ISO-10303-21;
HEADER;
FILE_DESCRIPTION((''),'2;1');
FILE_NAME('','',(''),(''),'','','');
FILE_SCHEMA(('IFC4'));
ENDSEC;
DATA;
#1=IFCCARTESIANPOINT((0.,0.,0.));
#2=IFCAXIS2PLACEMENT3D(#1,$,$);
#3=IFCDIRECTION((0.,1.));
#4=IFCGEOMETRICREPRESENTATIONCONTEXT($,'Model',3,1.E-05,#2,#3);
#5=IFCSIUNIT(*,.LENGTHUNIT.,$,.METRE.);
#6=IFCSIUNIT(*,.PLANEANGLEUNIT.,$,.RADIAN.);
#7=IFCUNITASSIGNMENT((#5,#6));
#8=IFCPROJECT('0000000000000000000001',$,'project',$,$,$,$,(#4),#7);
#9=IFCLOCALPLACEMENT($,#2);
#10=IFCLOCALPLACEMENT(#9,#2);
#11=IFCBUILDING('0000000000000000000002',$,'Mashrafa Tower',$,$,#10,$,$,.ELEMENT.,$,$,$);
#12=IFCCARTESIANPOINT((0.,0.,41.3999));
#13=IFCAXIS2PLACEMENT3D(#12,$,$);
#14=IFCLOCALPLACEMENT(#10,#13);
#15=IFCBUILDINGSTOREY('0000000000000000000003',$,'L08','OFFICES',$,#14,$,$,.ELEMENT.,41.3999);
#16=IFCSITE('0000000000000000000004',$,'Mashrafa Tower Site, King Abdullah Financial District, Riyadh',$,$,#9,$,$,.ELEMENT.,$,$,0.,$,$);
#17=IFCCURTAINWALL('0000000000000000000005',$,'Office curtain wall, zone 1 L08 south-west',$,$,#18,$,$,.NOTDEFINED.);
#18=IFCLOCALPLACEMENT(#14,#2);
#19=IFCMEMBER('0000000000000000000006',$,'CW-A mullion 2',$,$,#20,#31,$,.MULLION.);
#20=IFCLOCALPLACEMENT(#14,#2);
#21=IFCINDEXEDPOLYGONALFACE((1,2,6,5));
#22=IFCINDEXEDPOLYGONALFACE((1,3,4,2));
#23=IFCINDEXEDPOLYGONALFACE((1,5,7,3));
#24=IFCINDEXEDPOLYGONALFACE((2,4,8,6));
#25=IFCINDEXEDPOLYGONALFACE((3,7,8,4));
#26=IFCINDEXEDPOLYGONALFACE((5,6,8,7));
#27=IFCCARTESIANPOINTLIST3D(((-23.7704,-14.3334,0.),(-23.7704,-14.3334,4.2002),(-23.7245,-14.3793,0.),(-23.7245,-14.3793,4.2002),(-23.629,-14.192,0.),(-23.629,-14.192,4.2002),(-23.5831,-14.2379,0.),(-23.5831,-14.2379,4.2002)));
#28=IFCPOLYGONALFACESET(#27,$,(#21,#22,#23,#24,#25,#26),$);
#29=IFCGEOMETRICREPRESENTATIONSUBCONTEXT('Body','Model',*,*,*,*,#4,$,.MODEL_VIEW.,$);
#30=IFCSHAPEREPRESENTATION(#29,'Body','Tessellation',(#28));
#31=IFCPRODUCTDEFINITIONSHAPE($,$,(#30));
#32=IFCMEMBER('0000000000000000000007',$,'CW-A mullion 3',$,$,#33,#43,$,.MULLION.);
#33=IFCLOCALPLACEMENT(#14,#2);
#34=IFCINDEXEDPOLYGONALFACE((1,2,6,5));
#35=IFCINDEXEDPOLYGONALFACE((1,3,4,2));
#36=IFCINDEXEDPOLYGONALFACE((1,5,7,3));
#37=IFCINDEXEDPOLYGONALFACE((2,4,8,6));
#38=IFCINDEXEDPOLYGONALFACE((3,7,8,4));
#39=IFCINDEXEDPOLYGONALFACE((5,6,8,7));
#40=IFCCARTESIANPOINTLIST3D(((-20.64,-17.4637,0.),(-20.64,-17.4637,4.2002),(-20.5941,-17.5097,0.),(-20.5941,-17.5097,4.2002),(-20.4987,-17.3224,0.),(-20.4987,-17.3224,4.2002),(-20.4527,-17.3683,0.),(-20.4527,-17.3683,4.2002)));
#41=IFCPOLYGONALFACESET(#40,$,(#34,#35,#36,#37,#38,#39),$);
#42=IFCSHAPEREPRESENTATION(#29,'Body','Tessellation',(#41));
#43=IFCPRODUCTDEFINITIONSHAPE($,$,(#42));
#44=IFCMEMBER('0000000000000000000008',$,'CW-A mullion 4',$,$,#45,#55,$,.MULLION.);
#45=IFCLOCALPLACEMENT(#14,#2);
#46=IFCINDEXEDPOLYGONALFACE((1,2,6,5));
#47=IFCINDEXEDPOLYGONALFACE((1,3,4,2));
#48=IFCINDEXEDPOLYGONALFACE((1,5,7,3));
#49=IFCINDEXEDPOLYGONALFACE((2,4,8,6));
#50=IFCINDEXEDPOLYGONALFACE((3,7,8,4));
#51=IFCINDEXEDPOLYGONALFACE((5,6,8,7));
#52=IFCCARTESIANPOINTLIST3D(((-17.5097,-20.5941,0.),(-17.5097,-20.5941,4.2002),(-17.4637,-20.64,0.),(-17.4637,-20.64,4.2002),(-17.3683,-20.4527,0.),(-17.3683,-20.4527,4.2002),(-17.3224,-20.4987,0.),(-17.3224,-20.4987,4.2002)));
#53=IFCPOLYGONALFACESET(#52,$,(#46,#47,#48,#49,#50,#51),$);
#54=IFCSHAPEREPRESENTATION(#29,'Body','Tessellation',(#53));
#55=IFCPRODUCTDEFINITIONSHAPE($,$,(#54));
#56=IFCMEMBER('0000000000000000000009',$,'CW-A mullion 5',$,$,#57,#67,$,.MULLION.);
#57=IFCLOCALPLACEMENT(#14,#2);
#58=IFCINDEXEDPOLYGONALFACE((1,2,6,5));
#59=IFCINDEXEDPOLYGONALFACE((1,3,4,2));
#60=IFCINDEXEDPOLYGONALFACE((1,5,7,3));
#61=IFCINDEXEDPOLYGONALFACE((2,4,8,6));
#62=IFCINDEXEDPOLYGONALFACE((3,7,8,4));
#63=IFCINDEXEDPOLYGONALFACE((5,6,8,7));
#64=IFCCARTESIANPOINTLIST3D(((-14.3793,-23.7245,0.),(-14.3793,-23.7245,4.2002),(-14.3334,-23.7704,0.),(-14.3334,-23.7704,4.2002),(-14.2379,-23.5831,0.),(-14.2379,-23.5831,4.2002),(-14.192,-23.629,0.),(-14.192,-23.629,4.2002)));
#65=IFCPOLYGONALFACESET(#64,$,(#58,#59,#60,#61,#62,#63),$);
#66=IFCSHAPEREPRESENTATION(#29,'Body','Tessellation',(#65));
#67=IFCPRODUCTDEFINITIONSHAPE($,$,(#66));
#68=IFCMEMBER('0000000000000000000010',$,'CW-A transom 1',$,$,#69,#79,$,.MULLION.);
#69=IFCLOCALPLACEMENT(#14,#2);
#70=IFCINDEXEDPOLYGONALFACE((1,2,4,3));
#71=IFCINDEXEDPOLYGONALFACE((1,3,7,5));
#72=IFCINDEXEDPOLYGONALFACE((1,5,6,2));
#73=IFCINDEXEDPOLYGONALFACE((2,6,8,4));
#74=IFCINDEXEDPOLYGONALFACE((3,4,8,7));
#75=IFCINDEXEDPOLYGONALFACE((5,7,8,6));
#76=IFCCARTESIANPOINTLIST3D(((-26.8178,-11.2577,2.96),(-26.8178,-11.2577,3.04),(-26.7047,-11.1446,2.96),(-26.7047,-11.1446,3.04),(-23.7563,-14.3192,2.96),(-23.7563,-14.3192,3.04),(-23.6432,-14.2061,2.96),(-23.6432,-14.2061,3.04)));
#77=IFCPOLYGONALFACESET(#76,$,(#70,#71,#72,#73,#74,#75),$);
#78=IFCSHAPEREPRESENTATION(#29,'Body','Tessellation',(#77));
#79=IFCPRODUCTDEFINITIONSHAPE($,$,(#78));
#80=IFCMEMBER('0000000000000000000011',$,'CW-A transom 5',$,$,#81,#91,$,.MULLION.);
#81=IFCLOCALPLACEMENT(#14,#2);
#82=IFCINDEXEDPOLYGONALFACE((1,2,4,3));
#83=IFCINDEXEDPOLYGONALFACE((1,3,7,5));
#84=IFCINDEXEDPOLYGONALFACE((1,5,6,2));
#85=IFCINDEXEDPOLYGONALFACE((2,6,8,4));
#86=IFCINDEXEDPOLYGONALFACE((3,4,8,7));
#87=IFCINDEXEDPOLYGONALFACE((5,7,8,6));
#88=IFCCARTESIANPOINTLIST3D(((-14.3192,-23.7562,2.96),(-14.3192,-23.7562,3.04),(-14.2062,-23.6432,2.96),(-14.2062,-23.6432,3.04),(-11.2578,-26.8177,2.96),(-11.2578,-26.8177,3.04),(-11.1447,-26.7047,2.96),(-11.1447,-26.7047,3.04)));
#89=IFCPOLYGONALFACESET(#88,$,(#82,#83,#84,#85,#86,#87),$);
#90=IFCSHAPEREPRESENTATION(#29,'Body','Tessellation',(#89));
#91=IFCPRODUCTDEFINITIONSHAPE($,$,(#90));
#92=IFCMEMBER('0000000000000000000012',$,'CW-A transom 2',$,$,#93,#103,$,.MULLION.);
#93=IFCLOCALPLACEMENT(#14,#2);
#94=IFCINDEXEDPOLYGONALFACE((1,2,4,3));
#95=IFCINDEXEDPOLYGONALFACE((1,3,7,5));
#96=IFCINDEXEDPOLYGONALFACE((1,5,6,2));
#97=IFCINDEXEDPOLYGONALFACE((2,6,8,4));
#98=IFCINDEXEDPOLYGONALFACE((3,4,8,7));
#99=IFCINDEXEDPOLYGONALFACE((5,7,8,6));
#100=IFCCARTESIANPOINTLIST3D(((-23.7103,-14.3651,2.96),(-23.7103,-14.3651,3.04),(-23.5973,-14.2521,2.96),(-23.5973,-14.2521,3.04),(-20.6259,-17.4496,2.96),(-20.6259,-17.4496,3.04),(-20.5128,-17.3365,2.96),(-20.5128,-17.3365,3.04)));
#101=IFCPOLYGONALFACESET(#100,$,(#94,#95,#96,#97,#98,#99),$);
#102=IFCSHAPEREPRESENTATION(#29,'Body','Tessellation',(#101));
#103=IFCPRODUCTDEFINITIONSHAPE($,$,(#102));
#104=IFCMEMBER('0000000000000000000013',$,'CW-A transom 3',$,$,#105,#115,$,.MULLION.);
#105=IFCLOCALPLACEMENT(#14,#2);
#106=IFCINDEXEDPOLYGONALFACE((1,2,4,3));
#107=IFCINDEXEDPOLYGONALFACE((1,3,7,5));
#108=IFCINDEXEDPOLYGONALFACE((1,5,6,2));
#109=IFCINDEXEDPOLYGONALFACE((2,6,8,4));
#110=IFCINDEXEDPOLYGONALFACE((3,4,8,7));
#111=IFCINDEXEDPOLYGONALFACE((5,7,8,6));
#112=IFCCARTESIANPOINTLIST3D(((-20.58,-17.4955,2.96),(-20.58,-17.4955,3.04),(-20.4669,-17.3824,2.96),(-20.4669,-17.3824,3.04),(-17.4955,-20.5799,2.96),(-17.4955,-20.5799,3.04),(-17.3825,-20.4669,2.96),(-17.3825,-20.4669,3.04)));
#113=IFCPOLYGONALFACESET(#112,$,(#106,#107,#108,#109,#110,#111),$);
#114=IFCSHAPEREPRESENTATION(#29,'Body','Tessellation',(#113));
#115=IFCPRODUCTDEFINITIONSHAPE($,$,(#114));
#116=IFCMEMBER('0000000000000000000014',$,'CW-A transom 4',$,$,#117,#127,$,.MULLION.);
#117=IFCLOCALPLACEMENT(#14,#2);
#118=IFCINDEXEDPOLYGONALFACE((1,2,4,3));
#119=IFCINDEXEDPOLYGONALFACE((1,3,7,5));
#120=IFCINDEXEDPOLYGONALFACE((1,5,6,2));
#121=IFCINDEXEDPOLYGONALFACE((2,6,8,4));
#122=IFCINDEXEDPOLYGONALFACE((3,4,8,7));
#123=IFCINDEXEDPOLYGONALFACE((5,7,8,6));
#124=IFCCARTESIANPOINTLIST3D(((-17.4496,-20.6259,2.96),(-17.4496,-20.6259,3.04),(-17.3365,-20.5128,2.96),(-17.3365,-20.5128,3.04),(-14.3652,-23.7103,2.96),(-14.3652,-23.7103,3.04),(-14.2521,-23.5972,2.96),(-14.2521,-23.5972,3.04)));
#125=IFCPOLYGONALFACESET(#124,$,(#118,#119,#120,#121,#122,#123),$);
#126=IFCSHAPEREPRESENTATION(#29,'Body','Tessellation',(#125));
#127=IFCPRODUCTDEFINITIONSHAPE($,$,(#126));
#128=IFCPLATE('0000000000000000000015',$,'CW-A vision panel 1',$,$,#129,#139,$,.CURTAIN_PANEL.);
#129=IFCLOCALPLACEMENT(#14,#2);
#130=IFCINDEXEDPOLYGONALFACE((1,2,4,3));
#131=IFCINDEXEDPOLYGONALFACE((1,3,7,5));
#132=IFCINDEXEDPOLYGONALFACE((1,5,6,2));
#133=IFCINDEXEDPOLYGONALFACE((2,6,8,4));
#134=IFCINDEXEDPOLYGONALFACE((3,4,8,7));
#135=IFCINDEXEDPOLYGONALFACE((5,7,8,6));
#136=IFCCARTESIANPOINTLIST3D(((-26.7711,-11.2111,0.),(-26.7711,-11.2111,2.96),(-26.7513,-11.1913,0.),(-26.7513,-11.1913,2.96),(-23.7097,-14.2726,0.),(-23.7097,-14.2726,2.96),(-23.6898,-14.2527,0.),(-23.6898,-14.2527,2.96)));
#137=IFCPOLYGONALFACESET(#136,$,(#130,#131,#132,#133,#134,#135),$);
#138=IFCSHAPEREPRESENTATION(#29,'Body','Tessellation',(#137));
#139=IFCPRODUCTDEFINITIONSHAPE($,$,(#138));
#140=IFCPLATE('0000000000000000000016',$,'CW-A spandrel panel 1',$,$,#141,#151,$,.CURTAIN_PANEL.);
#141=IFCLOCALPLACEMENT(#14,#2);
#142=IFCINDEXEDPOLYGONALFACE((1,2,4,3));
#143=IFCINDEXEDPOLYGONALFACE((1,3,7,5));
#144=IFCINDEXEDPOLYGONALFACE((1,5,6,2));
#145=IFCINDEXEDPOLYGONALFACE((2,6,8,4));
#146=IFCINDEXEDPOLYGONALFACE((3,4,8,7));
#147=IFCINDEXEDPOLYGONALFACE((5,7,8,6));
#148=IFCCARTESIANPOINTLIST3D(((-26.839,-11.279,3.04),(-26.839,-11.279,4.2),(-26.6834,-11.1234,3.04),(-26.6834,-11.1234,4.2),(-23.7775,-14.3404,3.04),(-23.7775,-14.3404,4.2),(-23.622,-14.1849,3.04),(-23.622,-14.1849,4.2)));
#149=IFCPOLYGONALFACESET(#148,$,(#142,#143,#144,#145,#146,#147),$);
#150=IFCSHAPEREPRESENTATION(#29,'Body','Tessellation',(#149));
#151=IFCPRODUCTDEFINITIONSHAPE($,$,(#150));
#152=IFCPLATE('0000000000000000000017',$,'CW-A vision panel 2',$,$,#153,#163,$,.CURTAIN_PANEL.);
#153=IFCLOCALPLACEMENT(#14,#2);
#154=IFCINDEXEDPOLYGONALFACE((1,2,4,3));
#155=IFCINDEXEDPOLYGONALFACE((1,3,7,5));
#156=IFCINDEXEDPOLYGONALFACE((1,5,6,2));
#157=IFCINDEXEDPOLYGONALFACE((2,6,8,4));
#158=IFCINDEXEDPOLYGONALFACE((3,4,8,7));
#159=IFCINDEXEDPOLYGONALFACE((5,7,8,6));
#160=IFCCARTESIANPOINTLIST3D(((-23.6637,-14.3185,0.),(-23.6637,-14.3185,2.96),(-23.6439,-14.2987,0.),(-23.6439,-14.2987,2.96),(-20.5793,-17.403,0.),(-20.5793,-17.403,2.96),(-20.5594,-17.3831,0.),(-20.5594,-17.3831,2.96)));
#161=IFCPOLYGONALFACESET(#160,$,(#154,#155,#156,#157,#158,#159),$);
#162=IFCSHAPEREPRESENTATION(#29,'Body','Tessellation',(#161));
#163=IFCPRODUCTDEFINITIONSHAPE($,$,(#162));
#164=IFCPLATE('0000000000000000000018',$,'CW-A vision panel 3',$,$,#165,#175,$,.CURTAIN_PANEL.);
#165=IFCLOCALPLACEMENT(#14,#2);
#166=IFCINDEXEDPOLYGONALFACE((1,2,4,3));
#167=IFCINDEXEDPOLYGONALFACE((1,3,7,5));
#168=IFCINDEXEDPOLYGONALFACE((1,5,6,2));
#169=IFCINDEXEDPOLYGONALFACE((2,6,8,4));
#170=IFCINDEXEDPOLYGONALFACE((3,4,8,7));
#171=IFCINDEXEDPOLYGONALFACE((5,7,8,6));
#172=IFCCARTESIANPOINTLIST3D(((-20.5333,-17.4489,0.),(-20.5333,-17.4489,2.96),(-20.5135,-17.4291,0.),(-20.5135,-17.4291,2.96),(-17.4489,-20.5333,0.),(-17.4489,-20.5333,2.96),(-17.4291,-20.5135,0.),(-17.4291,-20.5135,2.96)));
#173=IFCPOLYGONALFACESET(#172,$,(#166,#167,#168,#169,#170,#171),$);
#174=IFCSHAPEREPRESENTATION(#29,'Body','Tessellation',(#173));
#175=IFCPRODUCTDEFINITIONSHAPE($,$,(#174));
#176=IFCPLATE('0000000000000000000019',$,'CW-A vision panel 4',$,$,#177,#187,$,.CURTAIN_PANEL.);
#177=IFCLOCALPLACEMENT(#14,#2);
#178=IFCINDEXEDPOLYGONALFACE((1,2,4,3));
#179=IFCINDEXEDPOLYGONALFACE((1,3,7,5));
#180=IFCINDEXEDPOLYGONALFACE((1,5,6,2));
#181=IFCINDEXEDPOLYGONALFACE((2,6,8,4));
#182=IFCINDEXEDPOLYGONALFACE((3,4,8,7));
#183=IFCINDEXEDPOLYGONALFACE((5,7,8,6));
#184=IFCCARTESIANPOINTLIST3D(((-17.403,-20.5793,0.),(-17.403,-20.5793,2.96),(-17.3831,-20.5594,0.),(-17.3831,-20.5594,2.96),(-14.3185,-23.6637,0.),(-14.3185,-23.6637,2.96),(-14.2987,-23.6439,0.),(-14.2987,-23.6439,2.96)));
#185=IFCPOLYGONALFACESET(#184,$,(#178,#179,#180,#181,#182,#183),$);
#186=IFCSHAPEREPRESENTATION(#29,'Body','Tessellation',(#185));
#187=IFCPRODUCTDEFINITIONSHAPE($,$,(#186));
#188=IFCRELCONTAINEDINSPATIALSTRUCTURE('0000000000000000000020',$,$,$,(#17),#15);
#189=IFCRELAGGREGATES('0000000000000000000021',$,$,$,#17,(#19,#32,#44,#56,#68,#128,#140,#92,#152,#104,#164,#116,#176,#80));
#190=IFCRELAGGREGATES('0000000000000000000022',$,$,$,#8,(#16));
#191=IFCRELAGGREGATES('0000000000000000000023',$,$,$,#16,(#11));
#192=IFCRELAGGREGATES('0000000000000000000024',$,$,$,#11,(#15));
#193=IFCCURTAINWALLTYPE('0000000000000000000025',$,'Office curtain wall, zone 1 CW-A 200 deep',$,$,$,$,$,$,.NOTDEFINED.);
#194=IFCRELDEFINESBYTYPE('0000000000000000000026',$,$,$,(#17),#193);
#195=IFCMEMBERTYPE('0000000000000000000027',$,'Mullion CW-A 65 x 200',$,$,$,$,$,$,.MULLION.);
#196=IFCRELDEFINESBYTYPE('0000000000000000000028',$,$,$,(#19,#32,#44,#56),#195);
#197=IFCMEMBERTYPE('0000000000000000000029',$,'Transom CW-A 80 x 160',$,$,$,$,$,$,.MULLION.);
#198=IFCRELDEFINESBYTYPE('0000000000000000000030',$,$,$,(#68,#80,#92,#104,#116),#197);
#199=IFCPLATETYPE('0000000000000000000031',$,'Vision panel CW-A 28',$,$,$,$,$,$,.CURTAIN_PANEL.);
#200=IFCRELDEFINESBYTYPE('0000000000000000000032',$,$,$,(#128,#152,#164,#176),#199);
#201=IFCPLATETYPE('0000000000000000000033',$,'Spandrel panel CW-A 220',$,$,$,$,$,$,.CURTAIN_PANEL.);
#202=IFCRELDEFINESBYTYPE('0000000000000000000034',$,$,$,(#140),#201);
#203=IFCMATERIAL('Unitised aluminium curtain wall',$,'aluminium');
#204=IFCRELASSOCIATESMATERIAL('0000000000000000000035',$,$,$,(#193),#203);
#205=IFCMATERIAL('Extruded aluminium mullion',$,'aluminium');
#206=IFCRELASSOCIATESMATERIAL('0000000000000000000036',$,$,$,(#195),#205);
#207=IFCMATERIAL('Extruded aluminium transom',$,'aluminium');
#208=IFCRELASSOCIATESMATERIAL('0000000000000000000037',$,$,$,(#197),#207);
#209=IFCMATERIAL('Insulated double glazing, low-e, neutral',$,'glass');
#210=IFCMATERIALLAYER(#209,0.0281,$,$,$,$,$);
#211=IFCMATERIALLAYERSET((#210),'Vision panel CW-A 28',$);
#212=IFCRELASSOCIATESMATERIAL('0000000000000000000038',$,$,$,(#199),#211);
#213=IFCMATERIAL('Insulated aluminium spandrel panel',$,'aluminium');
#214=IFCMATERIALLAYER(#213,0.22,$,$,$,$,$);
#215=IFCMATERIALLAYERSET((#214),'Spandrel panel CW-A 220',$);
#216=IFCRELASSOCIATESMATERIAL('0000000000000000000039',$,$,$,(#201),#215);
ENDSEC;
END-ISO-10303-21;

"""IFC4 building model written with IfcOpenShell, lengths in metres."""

from ifc_helpers import new_model, si_unit, direction, frame, origin, origin_2d, place, context, subcontext, project, spatial, rectangle, extrude, source, transform, mapped, material, layer, layer_set, material_profile, profile_set, type_object, type_shapes, element, aggregate, save


model = new_model("IFC4")

# Units and contexts
model_context = context("Model", 3, precision=1e-05, world=origin(), true_north=direction((0.0, 1.0)))
body_context = subcontext(model_context, "Body", "Model", "MODEL_VIEW")
ifc_project = project(units=[si_unit("LENGTHUNIT", "METRE"), si_unit("PLANEANGLEUNIT", "RADIAN")], contexts=[model_context])

# Site, building, storey
site_placement = place(None, origin())
site = spatial("IfcSite", under=ifc_project, at=site_placement, Name="Mashrafa Tower Site, King Abdullah Financial District, Riyadh", CompositionType="ELEMENT", RefElevation=0.0)
building_placement = place(site_placement, origin())
building = spatial("IfcBuilding", under=site, at=building_placement, Name="Mashrafa Tower", CompositionType="ELEMENT")
storey_placement = place(building_placement, frame((0.0, 0.0, 41.3999)))
storey = spatial("IfcBuildingStorey", under=building, at=storey_placement, Name="L08", Description="OFFICES", CompositionType="ELEMENT", Elevation=41.3999)

# Curtain wall, members, plates
ifc_material_1 = material(Name="Unitised aluminium curtain wall", Category="aluminium")
curtain_wall_type = type_object("IfcCurtainWallType", Name="Office curtain wall, zone 1 CW-A 200 deep", PredefinedType="NOTDEFINED", material=ifc_material_1)
curtain_wall_placement = place(storey_placement, origin())
curtain_wall = element("IfcCurtainWall", 1, at=curtain_wall_placement, inside=storey, type_object=curtain_wall_type, Name="Office curtain wall, zone 1 L08 south-west", PredefinedType="NOTDEFINED")
ifc_material_2 = material(Name="Extruded aluminium mullion", Category="aluminium")
ifc_material_profile_1 = material_profile(ifc_material_2, rectangle(XDim=0.2, YDim=0.0649, at=origin_2d()), Name="Mullion 65x200")
ifc_profile_set_1 = profile_set([ifc_material_profile_1], Name="Extruded aluminium mullion")
member_type_1 = type_object("IfcMemberType", Name="Mullion CW-A 65 x 200", PredefinedType="MULLION", material=ifc_profile_set_1)
shared_shape_1 = source(origin(), body_context, "Body", "SweptSolid", [
    extrude(rectangle(XDim=0.2, YDim=0.0649, at=origin_2d()), origin(), (0.0, 0.0, 1.0), 4.2002),
])
type_shapes(member_type_1, [shared_shape_1])
member_1_placement = place(storey_placement, frame((-23.6768, -14.2856, 0.0), z_axis=(0.0, 0.0, 1.0), x_axis=(0.707107, 0.707107, 0.0)))
member_1 = element("IfcMember", 2, at=member_1_placement, type_object=member_type_1, Name="CW-A mullion 2", PredefinedType="MULLION", context=body_context, shape_type="MappedRepresentation", body=[
    mapped(shared_shape_1, transform((0.0, 0.0, 0.0))),
])
member_2_placement = place(storey_placement, frame((-20.5464, -17.416, 0.0), z_axis=(0.0, 0.0, 1.0), x_axis=(0.707107, 0.707107, 0.0)))
member_2 = element("IfcMember", 3, at=member_2_placement, type_object=member_type_1, Name="CW-A mullion 3", PredefinedType="MULLION", context=body_context, shape_type="MappedRepresentation", body=[
    mapped(shared_shape_1, transform((0.0, 0.0, 0.0))),
])
member_3_placement = place(storey_placement, frame((-17.416, -20.5464, 0.0), z_axis=(0.0, 0.0, 1.0), x_axis=(0.707107, 0.707107, 0.0)))
member_3 = element("IfcMember", 4, at=member_3_placement, type_object=member_type_1, Name="CW-A mullion 4", PredefinedType="MULLION", context=body_context, shape_type="MappedRepresentation", body=[
    mapped(shared_shape_1, transform((0.0, 0.0, 0.0))),
])
member_4_placement = place(storey_placement, frame((-14.2856, -23.6768, 0.0), z_axis=(0.0, 0.0, 1.0), x_axis=(0.707107, 0.707107, 0.0)))
member_4 = element("IfcMember", 5, at=member_4_placement, type_object=member_type_1, Name="CW-A mullion 5", PredefinedType="MULLION", context=body_context, shape_type="MappedRepresentation", body=[
    mapped(shared_shape_1, transform((0.0, 0.0, 0.0))),
])
ifc_material_3 = material(Name="Extruded aluminium transom", Category="aluminium")
ifc_material_profile_2 = material_profile(ifc_material_3, rectangle(XDim=0.1599, YDim=0.0801, at=origin_2d()), Name="Transom 80x160")
ifc_profile_set_2 = profile_set([ifc_material_profile_2], Name="Extruded aluminium transom")
member_type_2 = type_object("IfcMemberType", Name="Transom CW-A 80 x 160", PredefinedType="MULLION", material=ifc_profile_set_2)
shared_shape_2 = source(origin(), body_context, "Body", "SweptSolid", [
    extrude(rectangle(XDim=0.1599, YDim=0.0801, at=origin_2d()), origin(), (0.0, 0.0, 1.0), 4.3296),
])
member_5_placement = place(storey_placement, frame((-26.7612, -11.2012, 3.0), z_axis=(0.707107, -0.707107, 0.0), x_axis=(0.707107, 0.707107, 0.0)))
member_5 = element("IfcMember", 6, at=member_5_placement, type_object=member_type_2, Name="CW-A transom 1", PredefinedType="MULLION", context=body_context, shape_type="MappedRepresentation", body=[
    mapped(shared_shape_2, transform((0.0, 0.0, 0.0))),
])
member_6_placement = place(storey_placement, frame((-14.2627, -23.6997, 3.0), z_axis=(0.707107, -0.707107, 0.0), x_axis=(0.707107, 0.707107, 0.0)))
member_6 = element("IfcMember", 7, at=member_6_placement, type_object=member_type_2, Name="CW-A transom 5", PredefinedType="MULLION", context=body_context, shape_type="MappedRepresentation", body=[
    mapped(shared_shape_2, transform((0.0, 0.0, 0.0))),
])
shared_shape_3 = source(origin(), body_context, "Body", "SweptSolid", [
    extrude(rectangle(XDim=0.1599, YDim=0.0801, at=origin_2d()), origin(), (0.0, 0.0, 1.0), 4.3621),
])
type_shapes(member_type_2, [shared_shape_2, shared_shape_3])
member_7_placement = place(storey_placement, frame((-23.6538, -14.3086, 3.0), z_axis=(0.707107, -0.707107, 0.0), x_axis=(0.707107, 0.707107, 0.0)))
member_7 = element("IfcMember", 8, at=member_7_placement, type_object=member_type_2, Name="CW-A transom 2", PredefinedType="MULLION", context=body_context, shape_type="MappedRepresentation", body=[
    mapped(shared_shape_3, transform((0.0, 0.0, 0.0))),
])
member_8_placement = place(storey_placement, frame((-20.5234, -17.439, 3.0), z_axis=(0.707107, -0.707107, 0.0), x_axis=(0.707107, 0.707107, 0.0)))
member_8 = element("IfcMember", 9, at=member_8_placement, type_object=member_type_2, Name="CW-A transom 3", PredefinedType="MULLION", context=body_context, shape_type="MappedRepresentation", body=[
    mapped(shared_shape_3, transform((0.0, 0.0, 0.0))),
])
member_9_placement = place(storey_placement, frame((-17.3931, -20.5693, 3.0), z_axis=(0.707107, -0.707107, 0.0), x_axis=(0.707107, 0.707107, 0.0)))
member_9 = element("IfcMember", 10, at=member_9_placement, type_object=member_type_2, Name="CW-A transom 4", PredefinedType="MULLION", context=body_context, shape_type="MappedRepresentation", body=[
    mapped(shared_shape_3, transform((0.0, 0.0, 0.0))),
])
ifc_material_4 = material(Name="Insulated double glazing, low-e, neutral", Category="glass")
ifc_layer_1 = layer(ifc_material_4, 0.0281)
ifc_layer_set_1 = layer_set([ifc_layer_1], Name="Vision panel CW-A 28")
plate_type_1 = type_object("IfcPlateType", Name="Vision panel CW-A 28", PredefinedType="CURTAIN_PANEL", material=ifc_layer_set_1)
shared_shape_4 = source(origin(), body_context, "Body", "SweptSolid", [
    extrude(rectangle(XDim=4.3296, YDim=0.0281, at=origin_2d()), origin(), (0.0, 0.0, 1.0), 2.96),
])
plate_1_placement = place(storey_placement, frame((-25.2305, -12.7319, 0.0), z_axis=(0.0, 0.0, 1.0), x_axis=(0.707107, -0.707107, 0.0)))
plate_1 = element("IfcPlate", 11, at=plate_1_placement, type_object=plate_type_1, Name="CW-A vision panel 1", PredefinedType="CURTAIN_PANEL", context=body_context, shape_type="MappedRepresentation", body=[
    mapped(shared_shape_4, transform((0.0, 0.0, 0.0))),
])
ifc_material_5 = material(Name="Insulated aluminium spandrel panel", Category="aluminium")
ifc_layer_2 = layer(ifc_material_5, 0.22)
ifc_layer_set_2 = layer_set([ifc_layer_2], Name="Spandrel panel CW-A 220")
plate_type_2 = type_object("IfcPlateType", Name="Spandrel panel CW-A 220", PredefinedType="CURTAIN_PANEL", material=ifc_layer_set_2)
shared_shape_5 = source(origin(), body_context, "Body", "SweptSolid", [
    extrude(rectangle(XDim=4.3296, YDim=0.22, at=origin_2d()), origin(), (0.0, 0.0, 1.0), 1.1599),
])
plate_2_placement = place(storey_placement, frame((-25.2305, -12.7319, 3.04), z_axis=(0.0, 0.0, 1.0), x_axis=(0.707107, -0.707107, 0.0)))
plate_2 = element("IfcPlate", 12, at=plate_2_placement, type_object=plate_type_2, Name="CW-A spandrel panel 1", PredefinedType="CURTAIN_PANEL", context=body_context, shape_type="MappedRepresentation", body=[
    mapped(shared_shape_5, transform((0.0, 0.0, 0.0))),
])
shared_shape_6 = source(origin(), body_context, "Body", "SweptSolid", [
    extrude(rectangle(XDim=4.3621, YDim=0.0281, at=origin_2d()), origin(), (0.0, 0.0, 1.0), 2.96),
])
type_shapes(plate_type_1, [shared_shape_4, shared_shape_6])
plate_3_placement = place(storey_placement, frame((-22.1116, -15.8508, 0.0), z_axis=(0.0, 0.0, 1.0), x_axis=(0.707107, -0.707107, 0.0)))
plate_3 = element("IfcPlate", 13, at=plate_3_placement, type_object=plate_type_1, Name="CW-A vision panel 2", PredefinedType="CURTAIN_PANEL", context=body_context, shape_type="MappedRepresentation", body=[
    mapped(shared_shape_6, transform((0.0, 0.0, 0.0))),
])
plate_4_placement = place(storey_placement, frame((-18.9812, -18.9812, 0.0), z_axis=(0.0, 0.0, 1.0), x_axis=(0.707107, -0.707107, 0.0)))
plate_4 = element("IfcPlate", 14, at=plate_4_placement, type_object=plate_type_1, Name="CW-A vision panel 3", PredefinedType="CURTAIN_PANEL", context=body_context, shape_type="MappedRepresentation", body=[
    mapped(shared_shape_6, transform((0.0, 0.0, 0.0))),
])
plate_5_placement = place(storey_placement, frame((-15.8508, -22.1116, 0.0), z_axis=(0.0, 0.0, 1.0), x_axis=(0.707107, -0.707107, 0.0)))
plate_5 = element("IfcPlate", 15, at=plate_5_placement, type_object=plate_type_1, Name="CW-A vision panel 4", PredefinedType="CURTAIN_PANEL", context=body_context, shape_type="MappedRepresentation", body=[
    mapped(shared_shape_6, transform((0.0, 0.0, 0.0))),
])
aggregate(curtain_wall, [member_1, member_2, member_3, member_4, member_5, plate_1, plate_2, member_7, plate_3, member_8, plate_4, member_9, plate_5, member_6])

save(model, "model.ifc")
